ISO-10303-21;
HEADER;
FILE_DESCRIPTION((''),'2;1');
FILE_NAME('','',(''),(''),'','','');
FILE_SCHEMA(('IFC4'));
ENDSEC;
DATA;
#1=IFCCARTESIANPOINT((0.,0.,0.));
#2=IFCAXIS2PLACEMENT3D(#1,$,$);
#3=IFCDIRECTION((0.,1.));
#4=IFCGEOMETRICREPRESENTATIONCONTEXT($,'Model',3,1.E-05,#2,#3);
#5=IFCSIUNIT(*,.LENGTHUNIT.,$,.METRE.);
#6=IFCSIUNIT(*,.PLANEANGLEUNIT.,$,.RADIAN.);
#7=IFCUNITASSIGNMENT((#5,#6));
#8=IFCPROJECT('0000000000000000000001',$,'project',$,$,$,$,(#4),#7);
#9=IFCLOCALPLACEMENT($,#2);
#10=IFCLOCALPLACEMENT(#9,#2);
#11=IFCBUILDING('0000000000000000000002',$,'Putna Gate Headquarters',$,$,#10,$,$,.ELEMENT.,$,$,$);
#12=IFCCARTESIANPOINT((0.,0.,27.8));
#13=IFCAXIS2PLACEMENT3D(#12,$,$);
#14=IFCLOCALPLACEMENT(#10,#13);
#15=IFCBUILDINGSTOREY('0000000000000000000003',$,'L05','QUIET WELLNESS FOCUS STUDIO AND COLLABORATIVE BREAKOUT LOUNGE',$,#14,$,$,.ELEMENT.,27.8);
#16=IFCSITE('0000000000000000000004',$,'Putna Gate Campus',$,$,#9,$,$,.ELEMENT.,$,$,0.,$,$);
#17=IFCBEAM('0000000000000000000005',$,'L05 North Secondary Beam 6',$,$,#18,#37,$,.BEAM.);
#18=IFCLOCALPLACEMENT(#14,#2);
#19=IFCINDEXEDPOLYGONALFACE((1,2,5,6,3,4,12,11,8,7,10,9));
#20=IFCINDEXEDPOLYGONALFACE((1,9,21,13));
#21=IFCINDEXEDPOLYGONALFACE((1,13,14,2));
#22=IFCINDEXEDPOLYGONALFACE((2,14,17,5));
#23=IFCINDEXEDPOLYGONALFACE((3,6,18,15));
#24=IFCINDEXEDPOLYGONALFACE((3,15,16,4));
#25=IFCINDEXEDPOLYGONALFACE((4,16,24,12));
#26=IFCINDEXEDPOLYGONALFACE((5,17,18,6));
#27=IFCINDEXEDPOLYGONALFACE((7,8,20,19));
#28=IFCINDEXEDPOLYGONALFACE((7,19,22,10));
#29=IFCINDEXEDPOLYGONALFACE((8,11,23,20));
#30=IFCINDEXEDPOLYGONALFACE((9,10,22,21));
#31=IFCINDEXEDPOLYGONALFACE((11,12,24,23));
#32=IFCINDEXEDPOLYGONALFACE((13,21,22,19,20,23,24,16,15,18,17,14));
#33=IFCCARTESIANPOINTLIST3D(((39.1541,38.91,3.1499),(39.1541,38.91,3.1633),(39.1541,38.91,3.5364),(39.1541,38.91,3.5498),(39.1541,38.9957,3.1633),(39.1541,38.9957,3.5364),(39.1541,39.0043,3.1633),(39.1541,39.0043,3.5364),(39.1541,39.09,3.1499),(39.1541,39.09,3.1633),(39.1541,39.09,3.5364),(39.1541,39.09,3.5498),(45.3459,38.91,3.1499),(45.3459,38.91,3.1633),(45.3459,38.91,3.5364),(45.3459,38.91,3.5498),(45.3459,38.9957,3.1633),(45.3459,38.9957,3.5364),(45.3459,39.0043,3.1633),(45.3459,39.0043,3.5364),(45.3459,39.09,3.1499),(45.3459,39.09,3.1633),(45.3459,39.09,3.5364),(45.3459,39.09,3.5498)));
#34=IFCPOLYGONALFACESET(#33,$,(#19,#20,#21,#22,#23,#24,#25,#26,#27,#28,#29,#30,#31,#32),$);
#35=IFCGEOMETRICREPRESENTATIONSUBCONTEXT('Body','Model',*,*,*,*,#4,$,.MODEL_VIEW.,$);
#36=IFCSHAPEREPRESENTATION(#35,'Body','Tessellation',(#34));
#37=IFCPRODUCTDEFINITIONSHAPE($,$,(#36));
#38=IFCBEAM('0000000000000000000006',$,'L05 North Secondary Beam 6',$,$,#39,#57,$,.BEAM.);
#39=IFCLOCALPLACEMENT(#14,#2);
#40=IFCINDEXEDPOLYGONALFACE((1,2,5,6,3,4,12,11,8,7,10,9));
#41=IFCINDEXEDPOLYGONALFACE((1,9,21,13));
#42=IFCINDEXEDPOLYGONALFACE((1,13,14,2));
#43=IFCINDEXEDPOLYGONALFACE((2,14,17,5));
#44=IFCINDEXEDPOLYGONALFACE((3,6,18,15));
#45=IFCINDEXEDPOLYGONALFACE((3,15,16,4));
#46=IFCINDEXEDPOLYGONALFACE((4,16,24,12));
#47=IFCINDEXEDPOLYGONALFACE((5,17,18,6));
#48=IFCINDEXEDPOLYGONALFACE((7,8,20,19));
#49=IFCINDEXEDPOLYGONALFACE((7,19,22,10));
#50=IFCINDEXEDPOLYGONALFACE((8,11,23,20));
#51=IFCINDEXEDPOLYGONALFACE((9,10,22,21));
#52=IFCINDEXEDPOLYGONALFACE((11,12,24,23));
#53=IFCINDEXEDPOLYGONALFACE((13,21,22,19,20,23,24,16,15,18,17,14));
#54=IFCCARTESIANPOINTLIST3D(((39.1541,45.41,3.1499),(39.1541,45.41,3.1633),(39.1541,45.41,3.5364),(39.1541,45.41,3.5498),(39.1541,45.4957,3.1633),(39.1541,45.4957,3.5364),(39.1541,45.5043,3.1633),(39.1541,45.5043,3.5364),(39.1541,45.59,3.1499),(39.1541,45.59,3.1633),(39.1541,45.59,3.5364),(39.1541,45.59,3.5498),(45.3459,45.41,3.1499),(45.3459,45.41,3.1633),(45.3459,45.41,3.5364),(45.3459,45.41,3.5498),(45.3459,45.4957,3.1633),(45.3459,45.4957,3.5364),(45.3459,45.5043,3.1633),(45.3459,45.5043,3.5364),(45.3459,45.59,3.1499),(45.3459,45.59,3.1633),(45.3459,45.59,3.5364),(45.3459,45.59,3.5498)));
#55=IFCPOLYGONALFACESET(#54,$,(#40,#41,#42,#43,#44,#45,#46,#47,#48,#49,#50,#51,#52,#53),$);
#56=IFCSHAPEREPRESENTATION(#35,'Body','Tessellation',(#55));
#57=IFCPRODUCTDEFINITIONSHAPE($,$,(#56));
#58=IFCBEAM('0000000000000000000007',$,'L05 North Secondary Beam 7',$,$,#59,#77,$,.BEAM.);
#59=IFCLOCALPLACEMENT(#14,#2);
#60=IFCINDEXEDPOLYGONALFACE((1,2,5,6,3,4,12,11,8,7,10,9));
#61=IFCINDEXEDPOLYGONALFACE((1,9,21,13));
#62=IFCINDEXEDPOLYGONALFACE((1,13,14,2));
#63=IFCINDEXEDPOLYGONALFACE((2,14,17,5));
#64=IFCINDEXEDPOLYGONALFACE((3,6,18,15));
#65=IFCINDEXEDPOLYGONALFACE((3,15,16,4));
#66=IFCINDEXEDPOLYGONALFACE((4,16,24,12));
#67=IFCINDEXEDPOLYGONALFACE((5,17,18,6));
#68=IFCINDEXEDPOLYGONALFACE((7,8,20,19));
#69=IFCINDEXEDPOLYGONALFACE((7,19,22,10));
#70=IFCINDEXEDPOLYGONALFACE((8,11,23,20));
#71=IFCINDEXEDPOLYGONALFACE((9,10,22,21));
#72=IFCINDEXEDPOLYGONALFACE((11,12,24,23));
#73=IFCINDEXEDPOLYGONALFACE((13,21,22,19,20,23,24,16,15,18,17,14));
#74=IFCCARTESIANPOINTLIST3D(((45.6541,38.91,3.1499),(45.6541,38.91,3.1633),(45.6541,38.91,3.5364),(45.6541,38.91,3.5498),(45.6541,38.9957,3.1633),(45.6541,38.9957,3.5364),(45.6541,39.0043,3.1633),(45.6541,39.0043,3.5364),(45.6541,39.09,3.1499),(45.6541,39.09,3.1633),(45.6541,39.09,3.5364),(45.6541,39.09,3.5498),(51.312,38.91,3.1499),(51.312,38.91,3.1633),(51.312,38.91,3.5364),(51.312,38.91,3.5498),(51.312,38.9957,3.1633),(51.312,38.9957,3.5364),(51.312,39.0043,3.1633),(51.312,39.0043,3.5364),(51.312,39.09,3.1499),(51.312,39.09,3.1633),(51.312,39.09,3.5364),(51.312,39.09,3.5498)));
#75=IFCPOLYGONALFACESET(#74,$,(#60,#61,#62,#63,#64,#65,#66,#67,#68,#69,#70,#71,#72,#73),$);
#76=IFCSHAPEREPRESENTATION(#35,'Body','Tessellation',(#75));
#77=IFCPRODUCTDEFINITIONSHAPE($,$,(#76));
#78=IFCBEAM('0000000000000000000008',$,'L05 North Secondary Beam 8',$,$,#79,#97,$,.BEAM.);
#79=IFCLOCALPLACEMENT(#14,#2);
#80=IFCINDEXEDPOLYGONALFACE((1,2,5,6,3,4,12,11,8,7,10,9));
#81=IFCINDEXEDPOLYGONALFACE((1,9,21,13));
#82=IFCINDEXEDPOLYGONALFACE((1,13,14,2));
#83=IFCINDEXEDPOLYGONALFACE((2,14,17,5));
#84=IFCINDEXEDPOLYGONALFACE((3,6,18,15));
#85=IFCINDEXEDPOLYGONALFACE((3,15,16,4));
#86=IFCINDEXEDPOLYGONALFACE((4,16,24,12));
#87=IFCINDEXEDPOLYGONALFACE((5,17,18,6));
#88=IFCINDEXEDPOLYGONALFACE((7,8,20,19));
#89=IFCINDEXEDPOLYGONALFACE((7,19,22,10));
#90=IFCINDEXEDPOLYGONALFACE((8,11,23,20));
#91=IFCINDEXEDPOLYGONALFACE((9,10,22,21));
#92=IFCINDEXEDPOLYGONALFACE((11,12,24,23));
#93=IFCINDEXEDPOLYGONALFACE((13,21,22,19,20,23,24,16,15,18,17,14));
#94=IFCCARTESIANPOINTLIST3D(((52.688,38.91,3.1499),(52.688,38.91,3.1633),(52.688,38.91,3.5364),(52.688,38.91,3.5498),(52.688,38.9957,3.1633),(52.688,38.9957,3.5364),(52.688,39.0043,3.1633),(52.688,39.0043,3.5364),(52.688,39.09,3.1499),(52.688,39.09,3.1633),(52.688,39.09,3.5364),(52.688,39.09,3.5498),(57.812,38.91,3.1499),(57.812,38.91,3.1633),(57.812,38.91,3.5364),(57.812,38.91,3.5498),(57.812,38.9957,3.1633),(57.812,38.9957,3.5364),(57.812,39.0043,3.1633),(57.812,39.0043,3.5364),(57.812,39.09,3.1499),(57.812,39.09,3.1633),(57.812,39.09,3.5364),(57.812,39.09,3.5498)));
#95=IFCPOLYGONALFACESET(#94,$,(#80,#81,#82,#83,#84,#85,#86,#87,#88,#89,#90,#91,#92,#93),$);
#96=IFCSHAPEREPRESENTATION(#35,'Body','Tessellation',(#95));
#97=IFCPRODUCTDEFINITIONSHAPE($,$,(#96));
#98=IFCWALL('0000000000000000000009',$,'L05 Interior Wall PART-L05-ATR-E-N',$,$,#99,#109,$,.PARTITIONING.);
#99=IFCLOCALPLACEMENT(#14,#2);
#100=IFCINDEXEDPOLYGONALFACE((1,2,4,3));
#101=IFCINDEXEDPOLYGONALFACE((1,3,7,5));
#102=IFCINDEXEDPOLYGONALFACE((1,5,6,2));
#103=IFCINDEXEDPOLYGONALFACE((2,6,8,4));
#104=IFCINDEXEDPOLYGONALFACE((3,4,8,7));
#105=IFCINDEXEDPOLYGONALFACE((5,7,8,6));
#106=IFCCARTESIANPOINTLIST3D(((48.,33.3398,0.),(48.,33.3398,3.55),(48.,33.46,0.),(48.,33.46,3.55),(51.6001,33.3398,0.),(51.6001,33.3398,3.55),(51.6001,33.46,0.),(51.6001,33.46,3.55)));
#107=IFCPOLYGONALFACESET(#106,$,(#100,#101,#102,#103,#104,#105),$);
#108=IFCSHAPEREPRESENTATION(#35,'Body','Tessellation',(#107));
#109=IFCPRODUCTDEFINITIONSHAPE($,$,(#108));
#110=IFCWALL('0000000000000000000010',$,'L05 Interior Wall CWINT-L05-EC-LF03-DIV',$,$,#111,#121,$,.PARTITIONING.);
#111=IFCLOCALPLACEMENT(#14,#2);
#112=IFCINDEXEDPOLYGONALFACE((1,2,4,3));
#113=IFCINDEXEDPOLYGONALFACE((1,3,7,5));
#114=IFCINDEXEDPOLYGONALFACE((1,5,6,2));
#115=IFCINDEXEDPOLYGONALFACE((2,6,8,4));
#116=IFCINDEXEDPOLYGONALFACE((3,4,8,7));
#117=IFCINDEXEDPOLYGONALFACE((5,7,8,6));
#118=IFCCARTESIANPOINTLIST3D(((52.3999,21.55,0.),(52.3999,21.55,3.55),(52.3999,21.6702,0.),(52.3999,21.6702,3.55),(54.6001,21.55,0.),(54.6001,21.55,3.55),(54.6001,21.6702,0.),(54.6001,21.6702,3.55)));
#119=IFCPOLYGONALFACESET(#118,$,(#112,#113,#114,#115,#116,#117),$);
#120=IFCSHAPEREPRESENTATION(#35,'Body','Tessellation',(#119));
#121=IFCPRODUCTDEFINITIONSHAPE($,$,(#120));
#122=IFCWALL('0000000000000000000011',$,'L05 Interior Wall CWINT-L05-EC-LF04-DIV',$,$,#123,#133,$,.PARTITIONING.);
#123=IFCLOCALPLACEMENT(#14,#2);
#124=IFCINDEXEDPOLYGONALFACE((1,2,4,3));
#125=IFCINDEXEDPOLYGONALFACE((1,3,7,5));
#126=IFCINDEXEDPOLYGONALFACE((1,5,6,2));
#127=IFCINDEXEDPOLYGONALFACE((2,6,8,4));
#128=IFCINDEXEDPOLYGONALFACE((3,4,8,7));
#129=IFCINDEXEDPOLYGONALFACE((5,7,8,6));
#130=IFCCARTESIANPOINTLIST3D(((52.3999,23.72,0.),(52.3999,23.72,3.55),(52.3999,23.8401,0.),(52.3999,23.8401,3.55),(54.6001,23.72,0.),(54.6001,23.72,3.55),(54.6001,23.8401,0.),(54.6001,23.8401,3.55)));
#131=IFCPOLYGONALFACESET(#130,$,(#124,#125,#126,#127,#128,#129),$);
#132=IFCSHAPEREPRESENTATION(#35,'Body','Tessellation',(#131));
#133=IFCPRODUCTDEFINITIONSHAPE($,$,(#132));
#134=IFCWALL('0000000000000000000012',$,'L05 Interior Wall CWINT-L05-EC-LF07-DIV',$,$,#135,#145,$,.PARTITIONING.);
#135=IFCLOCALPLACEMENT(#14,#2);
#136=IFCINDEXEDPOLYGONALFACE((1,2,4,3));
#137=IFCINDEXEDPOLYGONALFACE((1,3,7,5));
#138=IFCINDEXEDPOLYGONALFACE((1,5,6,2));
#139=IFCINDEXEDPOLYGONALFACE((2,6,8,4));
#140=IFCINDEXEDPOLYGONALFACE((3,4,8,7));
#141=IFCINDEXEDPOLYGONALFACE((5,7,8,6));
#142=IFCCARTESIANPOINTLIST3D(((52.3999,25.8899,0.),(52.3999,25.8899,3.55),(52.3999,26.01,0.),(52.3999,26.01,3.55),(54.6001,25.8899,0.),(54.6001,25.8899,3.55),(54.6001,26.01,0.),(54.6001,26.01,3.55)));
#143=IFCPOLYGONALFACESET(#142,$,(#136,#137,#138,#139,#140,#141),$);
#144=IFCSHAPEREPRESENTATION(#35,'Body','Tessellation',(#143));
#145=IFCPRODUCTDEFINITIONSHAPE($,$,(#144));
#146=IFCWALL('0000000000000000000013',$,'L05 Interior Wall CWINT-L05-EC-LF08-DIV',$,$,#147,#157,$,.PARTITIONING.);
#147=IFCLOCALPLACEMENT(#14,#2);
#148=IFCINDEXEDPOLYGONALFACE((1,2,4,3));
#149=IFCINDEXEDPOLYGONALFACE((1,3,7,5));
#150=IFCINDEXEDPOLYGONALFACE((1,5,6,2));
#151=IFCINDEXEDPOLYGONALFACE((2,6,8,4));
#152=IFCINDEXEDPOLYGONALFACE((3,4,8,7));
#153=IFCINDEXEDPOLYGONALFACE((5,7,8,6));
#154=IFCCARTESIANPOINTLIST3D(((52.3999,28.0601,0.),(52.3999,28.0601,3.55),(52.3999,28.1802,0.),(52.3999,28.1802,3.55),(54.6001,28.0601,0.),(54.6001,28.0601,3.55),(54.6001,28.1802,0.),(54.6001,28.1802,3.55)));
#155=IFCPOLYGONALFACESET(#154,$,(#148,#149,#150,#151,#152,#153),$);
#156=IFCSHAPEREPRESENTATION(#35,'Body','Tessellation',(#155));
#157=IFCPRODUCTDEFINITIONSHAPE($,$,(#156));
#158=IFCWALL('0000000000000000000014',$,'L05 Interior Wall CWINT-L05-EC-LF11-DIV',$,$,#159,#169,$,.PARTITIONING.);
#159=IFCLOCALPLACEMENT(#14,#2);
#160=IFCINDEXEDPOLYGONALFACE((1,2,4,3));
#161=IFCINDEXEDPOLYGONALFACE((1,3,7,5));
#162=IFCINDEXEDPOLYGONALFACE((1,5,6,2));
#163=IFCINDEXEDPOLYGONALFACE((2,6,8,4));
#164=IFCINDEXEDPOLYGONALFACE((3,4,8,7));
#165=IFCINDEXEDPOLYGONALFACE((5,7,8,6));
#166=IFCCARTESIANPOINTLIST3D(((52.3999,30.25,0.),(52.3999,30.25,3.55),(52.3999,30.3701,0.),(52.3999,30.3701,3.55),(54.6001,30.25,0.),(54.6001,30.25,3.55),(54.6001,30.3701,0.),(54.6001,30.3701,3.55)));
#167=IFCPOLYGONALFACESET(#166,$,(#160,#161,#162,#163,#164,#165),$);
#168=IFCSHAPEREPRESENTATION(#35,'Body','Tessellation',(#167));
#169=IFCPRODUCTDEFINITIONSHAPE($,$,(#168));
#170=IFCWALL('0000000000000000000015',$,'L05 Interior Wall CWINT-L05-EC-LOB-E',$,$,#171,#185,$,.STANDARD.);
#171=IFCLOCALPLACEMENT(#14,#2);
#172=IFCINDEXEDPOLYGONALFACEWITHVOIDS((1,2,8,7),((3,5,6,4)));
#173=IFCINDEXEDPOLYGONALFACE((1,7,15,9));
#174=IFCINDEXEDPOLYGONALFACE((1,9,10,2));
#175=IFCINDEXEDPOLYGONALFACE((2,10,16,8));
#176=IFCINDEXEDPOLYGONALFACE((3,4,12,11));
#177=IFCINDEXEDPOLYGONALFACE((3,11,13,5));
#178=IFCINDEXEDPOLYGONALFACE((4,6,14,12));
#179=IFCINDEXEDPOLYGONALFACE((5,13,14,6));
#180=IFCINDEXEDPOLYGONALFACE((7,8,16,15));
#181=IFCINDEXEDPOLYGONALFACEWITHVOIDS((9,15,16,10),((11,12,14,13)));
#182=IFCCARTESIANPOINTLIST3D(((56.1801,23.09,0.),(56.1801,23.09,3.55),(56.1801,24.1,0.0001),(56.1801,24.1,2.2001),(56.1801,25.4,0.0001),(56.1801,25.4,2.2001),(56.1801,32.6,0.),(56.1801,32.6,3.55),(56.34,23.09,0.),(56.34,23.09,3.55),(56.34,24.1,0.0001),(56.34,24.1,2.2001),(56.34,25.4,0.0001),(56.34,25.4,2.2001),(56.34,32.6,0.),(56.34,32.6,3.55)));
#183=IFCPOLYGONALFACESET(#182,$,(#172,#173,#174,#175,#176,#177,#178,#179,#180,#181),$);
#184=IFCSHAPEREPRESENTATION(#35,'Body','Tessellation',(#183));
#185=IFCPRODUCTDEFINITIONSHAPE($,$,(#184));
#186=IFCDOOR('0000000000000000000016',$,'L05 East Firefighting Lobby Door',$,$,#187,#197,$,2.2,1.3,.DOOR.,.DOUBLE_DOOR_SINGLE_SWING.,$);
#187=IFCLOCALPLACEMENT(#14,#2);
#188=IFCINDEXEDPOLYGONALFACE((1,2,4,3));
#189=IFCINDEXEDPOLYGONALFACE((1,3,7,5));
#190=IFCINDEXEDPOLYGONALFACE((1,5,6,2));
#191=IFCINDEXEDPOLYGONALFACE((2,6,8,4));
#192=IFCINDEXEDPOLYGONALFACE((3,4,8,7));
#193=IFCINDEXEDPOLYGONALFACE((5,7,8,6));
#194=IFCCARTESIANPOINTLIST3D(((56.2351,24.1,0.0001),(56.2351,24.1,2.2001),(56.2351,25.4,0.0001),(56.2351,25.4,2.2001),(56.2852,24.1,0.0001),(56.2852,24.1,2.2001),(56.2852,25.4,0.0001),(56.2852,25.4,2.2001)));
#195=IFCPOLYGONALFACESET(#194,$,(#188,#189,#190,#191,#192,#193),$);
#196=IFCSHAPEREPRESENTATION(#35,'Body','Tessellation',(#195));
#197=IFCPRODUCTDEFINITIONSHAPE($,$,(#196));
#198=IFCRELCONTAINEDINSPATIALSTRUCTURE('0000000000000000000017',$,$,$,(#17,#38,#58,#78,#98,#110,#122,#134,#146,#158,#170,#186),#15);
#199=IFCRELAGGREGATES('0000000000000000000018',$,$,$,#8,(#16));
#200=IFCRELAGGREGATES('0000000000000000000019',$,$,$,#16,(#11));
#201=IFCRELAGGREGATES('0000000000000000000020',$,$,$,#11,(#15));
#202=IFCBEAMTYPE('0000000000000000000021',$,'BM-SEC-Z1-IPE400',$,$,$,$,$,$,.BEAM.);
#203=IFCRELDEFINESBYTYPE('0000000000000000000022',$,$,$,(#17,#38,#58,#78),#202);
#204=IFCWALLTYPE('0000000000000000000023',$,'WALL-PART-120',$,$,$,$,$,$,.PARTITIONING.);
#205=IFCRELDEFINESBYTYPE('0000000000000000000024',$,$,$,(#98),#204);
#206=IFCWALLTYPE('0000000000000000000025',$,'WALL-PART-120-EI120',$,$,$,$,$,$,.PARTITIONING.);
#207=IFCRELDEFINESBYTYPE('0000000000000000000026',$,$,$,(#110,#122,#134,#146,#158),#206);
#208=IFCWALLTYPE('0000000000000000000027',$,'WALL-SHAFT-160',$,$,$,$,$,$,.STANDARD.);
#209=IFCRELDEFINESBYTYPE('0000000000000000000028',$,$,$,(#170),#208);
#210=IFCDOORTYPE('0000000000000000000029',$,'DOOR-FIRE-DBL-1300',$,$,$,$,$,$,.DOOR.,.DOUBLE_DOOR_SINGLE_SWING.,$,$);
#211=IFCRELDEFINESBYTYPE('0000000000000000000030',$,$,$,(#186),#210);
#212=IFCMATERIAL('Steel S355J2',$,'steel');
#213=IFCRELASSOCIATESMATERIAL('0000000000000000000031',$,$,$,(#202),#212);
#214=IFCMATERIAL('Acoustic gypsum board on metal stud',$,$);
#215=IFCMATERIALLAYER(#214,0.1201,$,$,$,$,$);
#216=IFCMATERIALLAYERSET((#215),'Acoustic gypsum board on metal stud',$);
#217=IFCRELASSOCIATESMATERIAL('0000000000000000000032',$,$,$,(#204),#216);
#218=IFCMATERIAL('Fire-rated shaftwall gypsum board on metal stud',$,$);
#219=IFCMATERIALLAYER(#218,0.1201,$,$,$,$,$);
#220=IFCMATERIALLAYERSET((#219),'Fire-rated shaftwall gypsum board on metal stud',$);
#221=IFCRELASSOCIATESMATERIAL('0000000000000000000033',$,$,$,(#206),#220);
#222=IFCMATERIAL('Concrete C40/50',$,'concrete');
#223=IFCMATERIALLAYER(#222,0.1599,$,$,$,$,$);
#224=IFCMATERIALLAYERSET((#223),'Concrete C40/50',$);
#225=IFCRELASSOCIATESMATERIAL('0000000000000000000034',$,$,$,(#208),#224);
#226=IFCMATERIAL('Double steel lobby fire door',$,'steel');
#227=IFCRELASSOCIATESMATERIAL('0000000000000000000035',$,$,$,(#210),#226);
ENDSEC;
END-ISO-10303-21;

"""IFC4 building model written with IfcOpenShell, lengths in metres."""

from ifc_helpers import new_model, si_unit, direction, frame, frame_2d, origin, origin_2d, place, context, subcontext, project, spatial, rectangle, i_section, extrude, material, layer, layer_set, material_profile, profile_set, type_object, element, fill, save


model = new_model("IFC4")

# Units and contexts
model_context = context("Model", 3, precision=1e-05, world=origin(), true_north=direction((0.0, 1.0)))
body_context = subcontext(model_context, "Body", "Model", "MODEL_VIEW")
ifc_project = project(units=[si_unit("LENGTHUNIT", "METRE"), si_unit("PLANEANGLEUNIT", "RADIAN")], contexts=[model_context])

# Site, building, storey
site_placement = place(None, origin())
site = spatial("IfcSite", under=ifc_project, at=site_placement, Name="Putna Gate Campus", CompositionType="ELEMENT", RefElevation=0.0)
building_placement = place(site_placement, origin())
building = spatial("IfcBuilding", under=site, at=building_placement, Name="Putna Gate Headquarters", CompositionType="ELEMENT")
storey_placement = place(building_placement, frame((0.0, 0.0, 27.8)))
storey = spatial("IfcBuildingStorey", under=building, at=storey_placement, Name="L05", Description="QUIET WELLNESS FOCUS STUDIO AND COLLABORATIVE BREAKOUT LOUNGE", CompositionType="ELEMENT", Elevation=27.8)

# Beams
ifc_material_1 = material(Name="Steel S355J2", Category="steel")
ifc_material_profile_1 = material_profile(ifc_material_1, i_section(OverallWidth=0.1799, OverallDepth=0.3999, WebThickness=0.0085, FlangeThickness=0.0134, at=origin_2d()), Name="Steel S355J2")
ifc_profile_set_1 = profile_set([ifc_material_profile_1], Name="Steel S355J2")
beam_type_1 = type_object("IfcBeamType", Name="BM-SEC-Z1-IPE400", PredefinedType="BEAM", material=ifc_profile_set_1)
for number, where, z_axis, x_axis, name in (
    (1, (39.1541, 39.0, 3.3499), (1.0, 0.0, 0.0), (0.0, 1.0, 0.0), "L05 North Secondary Beam 6"),
    (2, (39.1541, 45.5, 3.3499), (1.0, 0.0, 0.0), (0.0, 1.0, 0.0), "L05 North Secondary Beam 6"),
):
    element("IfcBeam", number, at=place(storey_placement, frame(where, z_axis=z_axis, x_axis=x_axis)), inside=storey, type_object=beam_type_1, Name=name, PredefinedType="BEAM", context=body_context, shape_type="SweptSolid", body=[
        extrude(i_section(OverallWidth=0.1799, OverallDepth=0.3999, WebThickness=0.0085, FlangeThickness=0.0134, at=origin_2d()), origin(), (0.0, 0.0, 1.0), 6.1919),
    ])
beam_1_placement = place(storey_placement, frame((45.6541, 39.0, 3.3499), z_axis=(1.0, 0.0, 0.0), x_axis=(0.0, 1.0, 0.0)))
element("IfcBeam", 3, at=beam_1_placement, inside=storey, type_object=beam_type_1, Name="L05 North Secondary Beam 7", PredefinedType="BEAM", context=body_context, shape_type="SweptSolid", body=[
    extrude(i_section(OverallWidth=0.1799, OverallDepth=0.3999, WebThickness=0.0085, FlangeThickness=0.0134, at=origin_2d()), origin(), (0.0, 0.0, 1.0), 5.658),
])
beam_2_placement = place(storey_placement, frame((52.688, 39.0, 3.3499), z_axis=(1.0, 0.0, 0.0), x_axis=(0.0, 1.0, 0.0)))
element("IfcBeam", 4, at=beam_2_placement, inside=storey, type_object=beam_type_1, Name="L05 North Secondary Beam 8", PredefinedType="BEAM", context=body_context, shape_type="SweptSolid", body=[
    extrude(i_section(OverallWidth=0.1799, OverallDepth=0.3999, WebThickness=0.0085, FlangeThickness=0.0134, at=origin_2d()), origin(), (0.0, 0.0, 1.0), 5.124),
])

# Walls
ifc_material_2 = material(Name="Acoustic gypsum board on metal stud")
ifc_layer_1 = layer(ifc_material_2, 0.1201)
ifc_layer_set_1 = layer_set([ifc_layer_1], Name="Acoustic gypsum board on metal stud")
wall_type_1 = type_object("IfcWallType", Name="WALL-PART-120", PredefinedType="PARTITIONING", material=ifc_layer_set_1)
wall_1_placement = place(storey_placement, frame((48.0, 33.3999, 0.0), z_axis=(0.0, 0.0, 1.0), x_axis=(1.0, 0.0, 0.0)))
element("IfcWall", 5, at=wall_1_placement, inside=storey, type_object=wall_type_1, Name="L05 Interior Wall PART-L05-ATR-E-N", PredefinedType="PARTITIONING", context=body_context, shape_type="SweptSolid", body=[
    extrude(rectangle(XDim=3.6001, YDim=0.1201, at=frame_2d((1.8, 0.0))), origin(), (0.0, 0.0, 1.0), 3.55),
])
ifc_material_3 = material(Name="Fire-rated shaftwall gypsum board on metal stud")
ifc_layer_2 = layer(ifc_material_3, 0.1201)
ifc_layer_set_2 = layer_set([ifc_layer_2], Name="Fire-rated shaftwall gypsum board on metal stud")
wall_type_2 = type_object("IfcWallType", Name="WALL-PART-120-EI120", PredefinedType="PARTITIONING", material=ifc_layer_set_2)
for number, where, z_axis, x_axis, name in (
    (6, (52.3999, 21.6101, 0.0), (0.0, 0.0, 1.0), (1.0, 0.0, 0.0), "L05 Interior Wall CWINT-L05-EC-LF03-DIV"),
    (7, (52.3999, 23.78, 0.0), (0.0, 0.0, 1.0), (1.0, 0.0, 0.0), "L05 Interior Wall CWINT-L05-EC-LF04-DIV"),
    (8, (52.3999, 25.95, 0.0), (0.0, 0.0, 1.0), (1.0, 0.0, 0.0), "L05 Interior Wall CWINT-L05-EC-LF07-DIV"),
    (9, (52.3999, 28.1201, 0.0), (0.0, 0.0, 1.0), (1.0, 0.0, 0.0), "L05 Interior Wall CWINT-L05-EC-LF08-DIV"),
    (10, (52.3999, 30.3101, 0.0), (0.0, 0.0, 1.0), (1.0, 0.0, 0.0), "L05 Interior Wall CWINT-L05-EC-LF11-DIV"),
):
    element("IfcWall", number, at=place(storey_placement, frame(where, z_axis=z_axis, x_axis=x_axis)), inside=storey, type_object=wall_type_2, Name=name, PredefinedType="PARTITIONING", context=body_context, shape_type="SweptSolid", body=[
        extrude(rectangle(XDim=2.2002, YDim=0.1201, at=frame_2d((1.1001, 0.0))), origin(), (0.0, 0.0, 1.0), 3.55),
    ])

# Wall, opening, door
ifc_material_4 = material(Name="Concrete C40/50", Category="concrete")
ifc_layer_3 = layer(ifc_material_4, 0.1599)
ifc_layer_set_3 = layer_set([ifc_layer_3], Name="Concrete C40/50")
wall_type_3 = type_object("IfcWallType", Name="WALL-SHAFT-160", PredefinedType="STANDARD", material=ifc_layer_set_3)
wall_2_placement = place(storey_placement, frame((56.26, 23.0901, 0.0), z_axis=(0.0, 0.0, 1.0), x_axis=(0.0, 1.0, 0.0)))
wall_2 = element("IfcWall", 11, at=wall_2_placement, inside=storey, type_object=wall_type_3, Name="L05 Interior Wall CWINT-L05-EC-LOB-E", PredefinedType="STANDARD", context=body_context, shape_type="SweptSolid", body=[
    extrude(rectangle(XDim=9.51, YDim=0.1599, at=frame_2d((4.7549, 0.0))), origin(), (0.0, 0.0, 1.0), 3.55),
])
opening_1_placement = place(wall_2_placement, frame((1.01, 0.0, 0.0)))
opening_1 = element("IfcOpeningElement", 12, at=opening_1_placement, cuts=wall_2, PredefinedType="OPENING", context=body_context, shape_type="SweptSolid", body=[
    extrude(rectangle(XDim=1.3, YDim=2.2, at=frame_2d((0.6499, 1.1001))), frame((0.0, 0.0898, 0.0), z_axis=(0.0, -1.0, 0.0), x_axis=(1.0, 0.0, 0.0)), (0.0, 0.0, 1.0), 0.1799),
])
ifc_material_5 = material(Name="Double steel lobby fire door", Category="steel")
door_type_1 = type_object("IfcDoorType", Name="DOOR-FIRE-DBL-1300", OperationType="DOUBLE_DOOR_SINGLE_SWING", PredefinedType="DOOR", material=ifc_material_5)
door_1_placement = place(opening_1_placement, origin())
door_1 = element("IfcDoor", 13, at=door_1_placement, inside=storey, type_object=door_type_1, Name="L05 East Firefighting Lobby Door", OperationType="DOUBLE_DOOR_SINGLE_SWING", OverallHeight=2.2, OverallWidth=1.3, PredefinedType="DOOR", context=body_context, shape_type="SweptSolid", body=[
    extrude(rectangle(XDim=1.3, YDim=2.2, at=frame_2d((0.6499, 1.1001))), frame((0.0, 0.0249, 0.0), z_axis=(0.0, -1.0, 0.0), x_axis=(1.0, 0.0, 0.0)), (0.0, 0.0, 1.0), 0.05),
])
fill(opening_1, door_1)

save(model, "model.ifc")
